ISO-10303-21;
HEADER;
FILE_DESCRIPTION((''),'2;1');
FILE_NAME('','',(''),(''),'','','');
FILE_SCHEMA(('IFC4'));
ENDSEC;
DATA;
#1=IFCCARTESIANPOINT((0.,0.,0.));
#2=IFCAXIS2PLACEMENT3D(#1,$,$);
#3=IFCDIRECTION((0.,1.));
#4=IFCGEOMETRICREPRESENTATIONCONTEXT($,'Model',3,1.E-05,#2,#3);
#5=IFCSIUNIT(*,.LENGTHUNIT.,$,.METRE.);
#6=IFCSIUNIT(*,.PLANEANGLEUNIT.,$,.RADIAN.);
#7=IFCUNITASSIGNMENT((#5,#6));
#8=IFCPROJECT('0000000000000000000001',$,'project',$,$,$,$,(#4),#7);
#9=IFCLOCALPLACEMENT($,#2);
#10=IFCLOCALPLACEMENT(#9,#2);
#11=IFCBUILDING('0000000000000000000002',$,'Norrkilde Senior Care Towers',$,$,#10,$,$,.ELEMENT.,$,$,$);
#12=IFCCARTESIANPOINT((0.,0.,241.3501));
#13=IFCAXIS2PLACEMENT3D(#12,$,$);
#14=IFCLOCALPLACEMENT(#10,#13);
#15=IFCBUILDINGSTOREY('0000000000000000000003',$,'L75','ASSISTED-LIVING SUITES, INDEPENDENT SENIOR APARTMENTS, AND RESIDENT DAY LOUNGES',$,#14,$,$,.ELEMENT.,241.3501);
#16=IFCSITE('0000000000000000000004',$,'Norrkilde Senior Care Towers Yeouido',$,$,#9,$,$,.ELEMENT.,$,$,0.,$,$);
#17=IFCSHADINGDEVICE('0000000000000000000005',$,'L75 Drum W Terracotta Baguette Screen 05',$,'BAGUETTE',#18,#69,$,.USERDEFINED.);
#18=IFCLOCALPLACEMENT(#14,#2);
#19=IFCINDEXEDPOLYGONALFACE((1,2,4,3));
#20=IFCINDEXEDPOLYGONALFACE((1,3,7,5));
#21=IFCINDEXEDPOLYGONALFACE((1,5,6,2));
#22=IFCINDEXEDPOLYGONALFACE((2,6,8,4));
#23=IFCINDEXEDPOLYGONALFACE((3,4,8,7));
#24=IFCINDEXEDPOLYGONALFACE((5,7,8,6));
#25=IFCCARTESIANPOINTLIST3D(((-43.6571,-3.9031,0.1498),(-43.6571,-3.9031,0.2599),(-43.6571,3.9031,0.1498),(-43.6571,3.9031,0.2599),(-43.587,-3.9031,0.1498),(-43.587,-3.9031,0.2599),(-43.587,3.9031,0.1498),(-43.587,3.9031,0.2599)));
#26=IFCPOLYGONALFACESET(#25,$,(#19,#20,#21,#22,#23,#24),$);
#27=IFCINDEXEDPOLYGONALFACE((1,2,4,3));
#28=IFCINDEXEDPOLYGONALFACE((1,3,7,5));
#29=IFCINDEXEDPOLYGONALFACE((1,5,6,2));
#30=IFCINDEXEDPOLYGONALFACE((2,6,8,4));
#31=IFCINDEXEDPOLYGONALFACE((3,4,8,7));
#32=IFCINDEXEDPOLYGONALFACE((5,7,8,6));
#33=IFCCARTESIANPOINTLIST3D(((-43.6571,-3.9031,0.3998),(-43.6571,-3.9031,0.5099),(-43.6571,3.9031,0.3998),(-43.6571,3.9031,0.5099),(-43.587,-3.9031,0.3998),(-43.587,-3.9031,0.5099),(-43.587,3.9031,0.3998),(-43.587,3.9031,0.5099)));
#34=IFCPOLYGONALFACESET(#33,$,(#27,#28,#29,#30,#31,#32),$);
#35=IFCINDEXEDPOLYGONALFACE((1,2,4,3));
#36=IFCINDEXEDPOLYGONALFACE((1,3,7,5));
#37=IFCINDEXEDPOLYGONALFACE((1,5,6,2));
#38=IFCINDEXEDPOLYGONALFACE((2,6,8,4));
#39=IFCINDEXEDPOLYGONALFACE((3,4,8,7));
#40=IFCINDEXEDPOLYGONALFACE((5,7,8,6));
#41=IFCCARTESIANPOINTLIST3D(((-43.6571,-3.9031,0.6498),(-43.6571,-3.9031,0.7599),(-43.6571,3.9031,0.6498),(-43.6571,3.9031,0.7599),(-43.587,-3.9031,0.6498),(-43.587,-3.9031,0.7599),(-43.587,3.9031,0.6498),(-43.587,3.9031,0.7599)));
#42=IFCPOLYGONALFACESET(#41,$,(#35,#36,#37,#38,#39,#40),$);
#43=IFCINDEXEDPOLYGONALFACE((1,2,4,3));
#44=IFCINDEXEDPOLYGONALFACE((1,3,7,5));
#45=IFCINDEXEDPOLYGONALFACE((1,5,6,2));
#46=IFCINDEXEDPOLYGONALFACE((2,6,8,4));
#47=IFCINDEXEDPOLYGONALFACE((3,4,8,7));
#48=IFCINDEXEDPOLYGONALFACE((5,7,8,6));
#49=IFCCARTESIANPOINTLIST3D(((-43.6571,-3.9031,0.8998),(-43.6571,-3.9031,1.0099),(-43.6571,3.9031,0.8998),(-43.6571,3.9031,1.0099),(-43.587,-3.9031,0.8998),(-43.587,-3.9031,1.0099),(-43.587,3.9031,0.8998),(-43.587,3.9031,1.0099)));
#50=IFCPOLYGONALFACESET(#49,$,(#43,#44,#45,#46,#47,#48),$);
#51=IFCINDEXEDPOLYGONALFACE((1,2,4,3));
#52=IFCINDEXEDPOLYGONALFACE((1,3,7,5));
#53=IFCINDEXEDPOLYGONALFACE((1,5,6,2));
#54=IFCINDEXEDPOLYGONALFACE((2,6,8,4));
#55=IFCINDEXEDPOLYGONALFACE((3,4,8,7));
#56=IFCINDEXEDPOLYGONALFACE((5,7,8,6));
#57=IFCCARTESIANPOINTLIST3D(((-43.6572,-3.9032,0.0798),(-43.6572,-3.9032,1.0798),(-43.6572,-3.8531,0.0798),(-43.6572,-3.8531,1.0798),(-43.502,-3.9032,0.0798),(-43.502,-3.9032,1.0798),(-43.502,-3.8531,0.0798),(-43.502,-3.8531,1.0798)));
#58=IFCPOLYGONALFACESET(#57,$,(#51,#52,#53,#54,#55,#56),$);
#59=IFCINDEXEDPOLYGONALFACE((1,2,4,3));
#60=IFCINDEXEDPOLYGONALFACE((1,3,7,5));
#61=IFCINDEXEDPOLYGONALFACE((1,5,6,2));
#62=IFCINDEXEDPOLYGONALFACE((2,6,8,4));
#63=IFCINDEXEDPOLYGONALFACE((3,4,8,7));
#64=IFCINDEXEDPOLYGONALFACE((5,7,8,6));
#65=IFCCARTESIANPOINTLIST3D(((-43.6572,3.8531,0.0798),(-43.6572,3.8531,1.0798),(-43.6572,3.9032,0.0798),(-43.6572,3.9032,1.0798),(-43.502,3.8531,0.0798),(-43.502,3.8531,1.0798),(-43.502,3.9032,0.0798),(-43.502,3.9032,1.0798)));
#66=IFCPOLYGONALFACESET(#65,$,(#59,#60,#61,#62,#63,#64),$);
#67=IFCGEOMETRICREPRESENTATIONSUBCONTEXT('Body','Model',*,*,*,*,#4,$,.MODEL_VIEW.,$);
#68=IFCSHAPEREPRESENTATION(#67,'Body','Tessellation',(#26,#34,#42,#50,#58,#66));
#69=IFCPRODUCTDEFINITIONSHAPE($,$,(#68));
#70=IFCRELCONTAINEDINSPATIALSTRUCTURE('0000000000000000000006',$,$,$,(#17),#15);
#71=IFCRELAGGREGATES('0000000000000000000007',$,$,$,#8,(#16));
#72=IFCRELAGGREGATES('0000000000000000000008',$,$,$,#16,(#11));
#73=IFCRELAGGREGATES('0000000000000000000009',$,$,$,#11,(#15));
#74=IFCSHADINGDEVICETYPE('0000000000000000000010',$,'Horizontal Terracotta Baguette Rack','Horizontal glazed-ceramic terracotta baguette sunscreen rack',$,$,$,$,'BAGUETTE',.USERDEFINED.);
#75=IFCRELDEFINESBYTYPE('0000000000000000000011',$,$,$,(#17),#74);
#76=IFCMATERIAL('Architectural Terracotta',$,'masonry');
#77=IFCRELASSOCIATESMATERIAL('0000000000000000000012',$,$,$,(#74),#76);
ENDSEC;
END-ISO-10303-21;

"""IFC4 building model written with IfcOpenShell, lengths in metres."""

from ifc_helpers import new_model, si_unit, direction, frame, origin, origin_2d, place, context, subcontext, project, spatial, rectangle, extrude, source, transform, mapped, material, type_object, type_shapes, element, save


model = new_model("IFC4")

# Units and contexts
model_context = context("Model", 3, precision=1e-05, world=origin(), true_north=direction((0.0, 1.0)))
body_context = subcontext(model_context, "Body", "Model", "MODEL_VIEW")
ifc_project = project(units=[si_unit("LENGTHUNIT", "METRE"), si_unit("PLANEANGLEUNIT", "RADIAN")], contexts=[model_context])

# Site, building, storey
site_placement = place(None, origin())
site = spatial("IfcSite", under=ifc_project, at=site_placement, Name="Norrkilde Senior Care Towers Yeouido", CompositionType="ELEMENT", RefElevation=0.0)
building_placement = place(site_placement, origin())
building = spatial("IfcBuilding", under=site, at=building_placement, Name="Norrkilde Senior Care Towers", CompositionType="ELEMENT")
storey_placement = place(building_placement, frame((0.0, 0.0, 241.3501)))
storey = spatial("IfcBuildingStorey", under=building, at=storey_placement, Name="L75", Description="ASSISTED-LIVING SUITES, INDEPENDENT SENIOR APARTMENTS, AND RESIDENT DAY LOUNGES", CompositionType="ELEMENT", Elevation=241.3501)

# Shading device
ifc_material_1 = material(Name="Architectural Terracotta", Category="masonry")
shading_device_type = type_object("IfcShadingDeviceType", Name="Horizontal Terracotta Baguette Rack", Description="Horizontal glazed-ceramic terracotta baguette sunscreen rack", ElementType="BAGUETTE", PredefinedType="USERDEFINED", material=ifc_material_1)
shared_shape_1 = source(origin(), body_context, "Body", "SweptSolid", [
    extrude(rectangle(XDim=0.0701, YDim=0.1101, at=origin_2d()), frame((0.0, 0.0901, 0.125), z_axis=(1.0, 0.0, 0.0), x_axis=(0.0, 1.0, 0.0)), (0.0, 0.0, 1.0), 7.8062),
    extrude(rectangle(XDim=0.0701, YDim=0.1101, at=origin_2d()), frame((0.0, 0.0901, 0.375), z_axis=(1.0, 0.0, 0.0), x_axis=(0.0, 1.0, 0.0)), (0.0, 0.0, 1.0), 7.8062),
    extrude(rectangle(XDim=0.0701, YDim=0.1101, at=origin_2d()), frame((0.0, 0.0901, 0.625), z_axis=(1.0, 0.0, 0.0), x_axis=(0.0, 1.0, 0.0)), (0.0, 0.0, 1.0), 7.8062),
    extrude(rectangle(XDim=0.0701, YDim=0.1101, at=origin_2d()), frame((0.0, 0.0901, 0.875), z_axis=(1.0, 0.0, 0.0), x_axis=(0.0, 1.0, 0.0)), (0.0, 0.0, 1.0), 7.8062),
    extrude(rectangle(XDim=0.05, YDim=0.1553, at=origin_2d()), frame((0.0249, 0.0476, 0.0)), (0.0, 0.0, 1.0), 1.0),
    extrude(rectangle(XDim=0.05, YDim=0.1553, at=origin_2d()), frame((7.7812, 0.0476, 0.0)), (0.0, 0.0, 1.0), 1.0),
])
type_shapes(shading_device_type, [shared_shape_1])
shading_device_placement = place(storey_placement, frame((-43.532, -3.9031, 0.0798), z_axis=(0.0, 0.0, 1.0), x_axis=(0.0, 1.0, 0.0)))
element("IfcShadingDevice", 1, at=shading_device_placement, inside=storey, type_object=shading_device_type, Name="L75 Drum W Terracotta Baguette Screen 05", ObjectType="BAGUETTE", PredefinedType="USERDEFINED", context=body_context, shape_type="MappedRepresentation", body=[
    mapped(shared_shape_1, transform((0.0, 0.0, 0.0), x_axis=(1.0, 0.0, 0.0), y_axis=(0.0, 1.0, 0.0), z_axis=(0.0, 0.0, 1.0), scale=1.0)),
])

save(model, "model.ifc")
